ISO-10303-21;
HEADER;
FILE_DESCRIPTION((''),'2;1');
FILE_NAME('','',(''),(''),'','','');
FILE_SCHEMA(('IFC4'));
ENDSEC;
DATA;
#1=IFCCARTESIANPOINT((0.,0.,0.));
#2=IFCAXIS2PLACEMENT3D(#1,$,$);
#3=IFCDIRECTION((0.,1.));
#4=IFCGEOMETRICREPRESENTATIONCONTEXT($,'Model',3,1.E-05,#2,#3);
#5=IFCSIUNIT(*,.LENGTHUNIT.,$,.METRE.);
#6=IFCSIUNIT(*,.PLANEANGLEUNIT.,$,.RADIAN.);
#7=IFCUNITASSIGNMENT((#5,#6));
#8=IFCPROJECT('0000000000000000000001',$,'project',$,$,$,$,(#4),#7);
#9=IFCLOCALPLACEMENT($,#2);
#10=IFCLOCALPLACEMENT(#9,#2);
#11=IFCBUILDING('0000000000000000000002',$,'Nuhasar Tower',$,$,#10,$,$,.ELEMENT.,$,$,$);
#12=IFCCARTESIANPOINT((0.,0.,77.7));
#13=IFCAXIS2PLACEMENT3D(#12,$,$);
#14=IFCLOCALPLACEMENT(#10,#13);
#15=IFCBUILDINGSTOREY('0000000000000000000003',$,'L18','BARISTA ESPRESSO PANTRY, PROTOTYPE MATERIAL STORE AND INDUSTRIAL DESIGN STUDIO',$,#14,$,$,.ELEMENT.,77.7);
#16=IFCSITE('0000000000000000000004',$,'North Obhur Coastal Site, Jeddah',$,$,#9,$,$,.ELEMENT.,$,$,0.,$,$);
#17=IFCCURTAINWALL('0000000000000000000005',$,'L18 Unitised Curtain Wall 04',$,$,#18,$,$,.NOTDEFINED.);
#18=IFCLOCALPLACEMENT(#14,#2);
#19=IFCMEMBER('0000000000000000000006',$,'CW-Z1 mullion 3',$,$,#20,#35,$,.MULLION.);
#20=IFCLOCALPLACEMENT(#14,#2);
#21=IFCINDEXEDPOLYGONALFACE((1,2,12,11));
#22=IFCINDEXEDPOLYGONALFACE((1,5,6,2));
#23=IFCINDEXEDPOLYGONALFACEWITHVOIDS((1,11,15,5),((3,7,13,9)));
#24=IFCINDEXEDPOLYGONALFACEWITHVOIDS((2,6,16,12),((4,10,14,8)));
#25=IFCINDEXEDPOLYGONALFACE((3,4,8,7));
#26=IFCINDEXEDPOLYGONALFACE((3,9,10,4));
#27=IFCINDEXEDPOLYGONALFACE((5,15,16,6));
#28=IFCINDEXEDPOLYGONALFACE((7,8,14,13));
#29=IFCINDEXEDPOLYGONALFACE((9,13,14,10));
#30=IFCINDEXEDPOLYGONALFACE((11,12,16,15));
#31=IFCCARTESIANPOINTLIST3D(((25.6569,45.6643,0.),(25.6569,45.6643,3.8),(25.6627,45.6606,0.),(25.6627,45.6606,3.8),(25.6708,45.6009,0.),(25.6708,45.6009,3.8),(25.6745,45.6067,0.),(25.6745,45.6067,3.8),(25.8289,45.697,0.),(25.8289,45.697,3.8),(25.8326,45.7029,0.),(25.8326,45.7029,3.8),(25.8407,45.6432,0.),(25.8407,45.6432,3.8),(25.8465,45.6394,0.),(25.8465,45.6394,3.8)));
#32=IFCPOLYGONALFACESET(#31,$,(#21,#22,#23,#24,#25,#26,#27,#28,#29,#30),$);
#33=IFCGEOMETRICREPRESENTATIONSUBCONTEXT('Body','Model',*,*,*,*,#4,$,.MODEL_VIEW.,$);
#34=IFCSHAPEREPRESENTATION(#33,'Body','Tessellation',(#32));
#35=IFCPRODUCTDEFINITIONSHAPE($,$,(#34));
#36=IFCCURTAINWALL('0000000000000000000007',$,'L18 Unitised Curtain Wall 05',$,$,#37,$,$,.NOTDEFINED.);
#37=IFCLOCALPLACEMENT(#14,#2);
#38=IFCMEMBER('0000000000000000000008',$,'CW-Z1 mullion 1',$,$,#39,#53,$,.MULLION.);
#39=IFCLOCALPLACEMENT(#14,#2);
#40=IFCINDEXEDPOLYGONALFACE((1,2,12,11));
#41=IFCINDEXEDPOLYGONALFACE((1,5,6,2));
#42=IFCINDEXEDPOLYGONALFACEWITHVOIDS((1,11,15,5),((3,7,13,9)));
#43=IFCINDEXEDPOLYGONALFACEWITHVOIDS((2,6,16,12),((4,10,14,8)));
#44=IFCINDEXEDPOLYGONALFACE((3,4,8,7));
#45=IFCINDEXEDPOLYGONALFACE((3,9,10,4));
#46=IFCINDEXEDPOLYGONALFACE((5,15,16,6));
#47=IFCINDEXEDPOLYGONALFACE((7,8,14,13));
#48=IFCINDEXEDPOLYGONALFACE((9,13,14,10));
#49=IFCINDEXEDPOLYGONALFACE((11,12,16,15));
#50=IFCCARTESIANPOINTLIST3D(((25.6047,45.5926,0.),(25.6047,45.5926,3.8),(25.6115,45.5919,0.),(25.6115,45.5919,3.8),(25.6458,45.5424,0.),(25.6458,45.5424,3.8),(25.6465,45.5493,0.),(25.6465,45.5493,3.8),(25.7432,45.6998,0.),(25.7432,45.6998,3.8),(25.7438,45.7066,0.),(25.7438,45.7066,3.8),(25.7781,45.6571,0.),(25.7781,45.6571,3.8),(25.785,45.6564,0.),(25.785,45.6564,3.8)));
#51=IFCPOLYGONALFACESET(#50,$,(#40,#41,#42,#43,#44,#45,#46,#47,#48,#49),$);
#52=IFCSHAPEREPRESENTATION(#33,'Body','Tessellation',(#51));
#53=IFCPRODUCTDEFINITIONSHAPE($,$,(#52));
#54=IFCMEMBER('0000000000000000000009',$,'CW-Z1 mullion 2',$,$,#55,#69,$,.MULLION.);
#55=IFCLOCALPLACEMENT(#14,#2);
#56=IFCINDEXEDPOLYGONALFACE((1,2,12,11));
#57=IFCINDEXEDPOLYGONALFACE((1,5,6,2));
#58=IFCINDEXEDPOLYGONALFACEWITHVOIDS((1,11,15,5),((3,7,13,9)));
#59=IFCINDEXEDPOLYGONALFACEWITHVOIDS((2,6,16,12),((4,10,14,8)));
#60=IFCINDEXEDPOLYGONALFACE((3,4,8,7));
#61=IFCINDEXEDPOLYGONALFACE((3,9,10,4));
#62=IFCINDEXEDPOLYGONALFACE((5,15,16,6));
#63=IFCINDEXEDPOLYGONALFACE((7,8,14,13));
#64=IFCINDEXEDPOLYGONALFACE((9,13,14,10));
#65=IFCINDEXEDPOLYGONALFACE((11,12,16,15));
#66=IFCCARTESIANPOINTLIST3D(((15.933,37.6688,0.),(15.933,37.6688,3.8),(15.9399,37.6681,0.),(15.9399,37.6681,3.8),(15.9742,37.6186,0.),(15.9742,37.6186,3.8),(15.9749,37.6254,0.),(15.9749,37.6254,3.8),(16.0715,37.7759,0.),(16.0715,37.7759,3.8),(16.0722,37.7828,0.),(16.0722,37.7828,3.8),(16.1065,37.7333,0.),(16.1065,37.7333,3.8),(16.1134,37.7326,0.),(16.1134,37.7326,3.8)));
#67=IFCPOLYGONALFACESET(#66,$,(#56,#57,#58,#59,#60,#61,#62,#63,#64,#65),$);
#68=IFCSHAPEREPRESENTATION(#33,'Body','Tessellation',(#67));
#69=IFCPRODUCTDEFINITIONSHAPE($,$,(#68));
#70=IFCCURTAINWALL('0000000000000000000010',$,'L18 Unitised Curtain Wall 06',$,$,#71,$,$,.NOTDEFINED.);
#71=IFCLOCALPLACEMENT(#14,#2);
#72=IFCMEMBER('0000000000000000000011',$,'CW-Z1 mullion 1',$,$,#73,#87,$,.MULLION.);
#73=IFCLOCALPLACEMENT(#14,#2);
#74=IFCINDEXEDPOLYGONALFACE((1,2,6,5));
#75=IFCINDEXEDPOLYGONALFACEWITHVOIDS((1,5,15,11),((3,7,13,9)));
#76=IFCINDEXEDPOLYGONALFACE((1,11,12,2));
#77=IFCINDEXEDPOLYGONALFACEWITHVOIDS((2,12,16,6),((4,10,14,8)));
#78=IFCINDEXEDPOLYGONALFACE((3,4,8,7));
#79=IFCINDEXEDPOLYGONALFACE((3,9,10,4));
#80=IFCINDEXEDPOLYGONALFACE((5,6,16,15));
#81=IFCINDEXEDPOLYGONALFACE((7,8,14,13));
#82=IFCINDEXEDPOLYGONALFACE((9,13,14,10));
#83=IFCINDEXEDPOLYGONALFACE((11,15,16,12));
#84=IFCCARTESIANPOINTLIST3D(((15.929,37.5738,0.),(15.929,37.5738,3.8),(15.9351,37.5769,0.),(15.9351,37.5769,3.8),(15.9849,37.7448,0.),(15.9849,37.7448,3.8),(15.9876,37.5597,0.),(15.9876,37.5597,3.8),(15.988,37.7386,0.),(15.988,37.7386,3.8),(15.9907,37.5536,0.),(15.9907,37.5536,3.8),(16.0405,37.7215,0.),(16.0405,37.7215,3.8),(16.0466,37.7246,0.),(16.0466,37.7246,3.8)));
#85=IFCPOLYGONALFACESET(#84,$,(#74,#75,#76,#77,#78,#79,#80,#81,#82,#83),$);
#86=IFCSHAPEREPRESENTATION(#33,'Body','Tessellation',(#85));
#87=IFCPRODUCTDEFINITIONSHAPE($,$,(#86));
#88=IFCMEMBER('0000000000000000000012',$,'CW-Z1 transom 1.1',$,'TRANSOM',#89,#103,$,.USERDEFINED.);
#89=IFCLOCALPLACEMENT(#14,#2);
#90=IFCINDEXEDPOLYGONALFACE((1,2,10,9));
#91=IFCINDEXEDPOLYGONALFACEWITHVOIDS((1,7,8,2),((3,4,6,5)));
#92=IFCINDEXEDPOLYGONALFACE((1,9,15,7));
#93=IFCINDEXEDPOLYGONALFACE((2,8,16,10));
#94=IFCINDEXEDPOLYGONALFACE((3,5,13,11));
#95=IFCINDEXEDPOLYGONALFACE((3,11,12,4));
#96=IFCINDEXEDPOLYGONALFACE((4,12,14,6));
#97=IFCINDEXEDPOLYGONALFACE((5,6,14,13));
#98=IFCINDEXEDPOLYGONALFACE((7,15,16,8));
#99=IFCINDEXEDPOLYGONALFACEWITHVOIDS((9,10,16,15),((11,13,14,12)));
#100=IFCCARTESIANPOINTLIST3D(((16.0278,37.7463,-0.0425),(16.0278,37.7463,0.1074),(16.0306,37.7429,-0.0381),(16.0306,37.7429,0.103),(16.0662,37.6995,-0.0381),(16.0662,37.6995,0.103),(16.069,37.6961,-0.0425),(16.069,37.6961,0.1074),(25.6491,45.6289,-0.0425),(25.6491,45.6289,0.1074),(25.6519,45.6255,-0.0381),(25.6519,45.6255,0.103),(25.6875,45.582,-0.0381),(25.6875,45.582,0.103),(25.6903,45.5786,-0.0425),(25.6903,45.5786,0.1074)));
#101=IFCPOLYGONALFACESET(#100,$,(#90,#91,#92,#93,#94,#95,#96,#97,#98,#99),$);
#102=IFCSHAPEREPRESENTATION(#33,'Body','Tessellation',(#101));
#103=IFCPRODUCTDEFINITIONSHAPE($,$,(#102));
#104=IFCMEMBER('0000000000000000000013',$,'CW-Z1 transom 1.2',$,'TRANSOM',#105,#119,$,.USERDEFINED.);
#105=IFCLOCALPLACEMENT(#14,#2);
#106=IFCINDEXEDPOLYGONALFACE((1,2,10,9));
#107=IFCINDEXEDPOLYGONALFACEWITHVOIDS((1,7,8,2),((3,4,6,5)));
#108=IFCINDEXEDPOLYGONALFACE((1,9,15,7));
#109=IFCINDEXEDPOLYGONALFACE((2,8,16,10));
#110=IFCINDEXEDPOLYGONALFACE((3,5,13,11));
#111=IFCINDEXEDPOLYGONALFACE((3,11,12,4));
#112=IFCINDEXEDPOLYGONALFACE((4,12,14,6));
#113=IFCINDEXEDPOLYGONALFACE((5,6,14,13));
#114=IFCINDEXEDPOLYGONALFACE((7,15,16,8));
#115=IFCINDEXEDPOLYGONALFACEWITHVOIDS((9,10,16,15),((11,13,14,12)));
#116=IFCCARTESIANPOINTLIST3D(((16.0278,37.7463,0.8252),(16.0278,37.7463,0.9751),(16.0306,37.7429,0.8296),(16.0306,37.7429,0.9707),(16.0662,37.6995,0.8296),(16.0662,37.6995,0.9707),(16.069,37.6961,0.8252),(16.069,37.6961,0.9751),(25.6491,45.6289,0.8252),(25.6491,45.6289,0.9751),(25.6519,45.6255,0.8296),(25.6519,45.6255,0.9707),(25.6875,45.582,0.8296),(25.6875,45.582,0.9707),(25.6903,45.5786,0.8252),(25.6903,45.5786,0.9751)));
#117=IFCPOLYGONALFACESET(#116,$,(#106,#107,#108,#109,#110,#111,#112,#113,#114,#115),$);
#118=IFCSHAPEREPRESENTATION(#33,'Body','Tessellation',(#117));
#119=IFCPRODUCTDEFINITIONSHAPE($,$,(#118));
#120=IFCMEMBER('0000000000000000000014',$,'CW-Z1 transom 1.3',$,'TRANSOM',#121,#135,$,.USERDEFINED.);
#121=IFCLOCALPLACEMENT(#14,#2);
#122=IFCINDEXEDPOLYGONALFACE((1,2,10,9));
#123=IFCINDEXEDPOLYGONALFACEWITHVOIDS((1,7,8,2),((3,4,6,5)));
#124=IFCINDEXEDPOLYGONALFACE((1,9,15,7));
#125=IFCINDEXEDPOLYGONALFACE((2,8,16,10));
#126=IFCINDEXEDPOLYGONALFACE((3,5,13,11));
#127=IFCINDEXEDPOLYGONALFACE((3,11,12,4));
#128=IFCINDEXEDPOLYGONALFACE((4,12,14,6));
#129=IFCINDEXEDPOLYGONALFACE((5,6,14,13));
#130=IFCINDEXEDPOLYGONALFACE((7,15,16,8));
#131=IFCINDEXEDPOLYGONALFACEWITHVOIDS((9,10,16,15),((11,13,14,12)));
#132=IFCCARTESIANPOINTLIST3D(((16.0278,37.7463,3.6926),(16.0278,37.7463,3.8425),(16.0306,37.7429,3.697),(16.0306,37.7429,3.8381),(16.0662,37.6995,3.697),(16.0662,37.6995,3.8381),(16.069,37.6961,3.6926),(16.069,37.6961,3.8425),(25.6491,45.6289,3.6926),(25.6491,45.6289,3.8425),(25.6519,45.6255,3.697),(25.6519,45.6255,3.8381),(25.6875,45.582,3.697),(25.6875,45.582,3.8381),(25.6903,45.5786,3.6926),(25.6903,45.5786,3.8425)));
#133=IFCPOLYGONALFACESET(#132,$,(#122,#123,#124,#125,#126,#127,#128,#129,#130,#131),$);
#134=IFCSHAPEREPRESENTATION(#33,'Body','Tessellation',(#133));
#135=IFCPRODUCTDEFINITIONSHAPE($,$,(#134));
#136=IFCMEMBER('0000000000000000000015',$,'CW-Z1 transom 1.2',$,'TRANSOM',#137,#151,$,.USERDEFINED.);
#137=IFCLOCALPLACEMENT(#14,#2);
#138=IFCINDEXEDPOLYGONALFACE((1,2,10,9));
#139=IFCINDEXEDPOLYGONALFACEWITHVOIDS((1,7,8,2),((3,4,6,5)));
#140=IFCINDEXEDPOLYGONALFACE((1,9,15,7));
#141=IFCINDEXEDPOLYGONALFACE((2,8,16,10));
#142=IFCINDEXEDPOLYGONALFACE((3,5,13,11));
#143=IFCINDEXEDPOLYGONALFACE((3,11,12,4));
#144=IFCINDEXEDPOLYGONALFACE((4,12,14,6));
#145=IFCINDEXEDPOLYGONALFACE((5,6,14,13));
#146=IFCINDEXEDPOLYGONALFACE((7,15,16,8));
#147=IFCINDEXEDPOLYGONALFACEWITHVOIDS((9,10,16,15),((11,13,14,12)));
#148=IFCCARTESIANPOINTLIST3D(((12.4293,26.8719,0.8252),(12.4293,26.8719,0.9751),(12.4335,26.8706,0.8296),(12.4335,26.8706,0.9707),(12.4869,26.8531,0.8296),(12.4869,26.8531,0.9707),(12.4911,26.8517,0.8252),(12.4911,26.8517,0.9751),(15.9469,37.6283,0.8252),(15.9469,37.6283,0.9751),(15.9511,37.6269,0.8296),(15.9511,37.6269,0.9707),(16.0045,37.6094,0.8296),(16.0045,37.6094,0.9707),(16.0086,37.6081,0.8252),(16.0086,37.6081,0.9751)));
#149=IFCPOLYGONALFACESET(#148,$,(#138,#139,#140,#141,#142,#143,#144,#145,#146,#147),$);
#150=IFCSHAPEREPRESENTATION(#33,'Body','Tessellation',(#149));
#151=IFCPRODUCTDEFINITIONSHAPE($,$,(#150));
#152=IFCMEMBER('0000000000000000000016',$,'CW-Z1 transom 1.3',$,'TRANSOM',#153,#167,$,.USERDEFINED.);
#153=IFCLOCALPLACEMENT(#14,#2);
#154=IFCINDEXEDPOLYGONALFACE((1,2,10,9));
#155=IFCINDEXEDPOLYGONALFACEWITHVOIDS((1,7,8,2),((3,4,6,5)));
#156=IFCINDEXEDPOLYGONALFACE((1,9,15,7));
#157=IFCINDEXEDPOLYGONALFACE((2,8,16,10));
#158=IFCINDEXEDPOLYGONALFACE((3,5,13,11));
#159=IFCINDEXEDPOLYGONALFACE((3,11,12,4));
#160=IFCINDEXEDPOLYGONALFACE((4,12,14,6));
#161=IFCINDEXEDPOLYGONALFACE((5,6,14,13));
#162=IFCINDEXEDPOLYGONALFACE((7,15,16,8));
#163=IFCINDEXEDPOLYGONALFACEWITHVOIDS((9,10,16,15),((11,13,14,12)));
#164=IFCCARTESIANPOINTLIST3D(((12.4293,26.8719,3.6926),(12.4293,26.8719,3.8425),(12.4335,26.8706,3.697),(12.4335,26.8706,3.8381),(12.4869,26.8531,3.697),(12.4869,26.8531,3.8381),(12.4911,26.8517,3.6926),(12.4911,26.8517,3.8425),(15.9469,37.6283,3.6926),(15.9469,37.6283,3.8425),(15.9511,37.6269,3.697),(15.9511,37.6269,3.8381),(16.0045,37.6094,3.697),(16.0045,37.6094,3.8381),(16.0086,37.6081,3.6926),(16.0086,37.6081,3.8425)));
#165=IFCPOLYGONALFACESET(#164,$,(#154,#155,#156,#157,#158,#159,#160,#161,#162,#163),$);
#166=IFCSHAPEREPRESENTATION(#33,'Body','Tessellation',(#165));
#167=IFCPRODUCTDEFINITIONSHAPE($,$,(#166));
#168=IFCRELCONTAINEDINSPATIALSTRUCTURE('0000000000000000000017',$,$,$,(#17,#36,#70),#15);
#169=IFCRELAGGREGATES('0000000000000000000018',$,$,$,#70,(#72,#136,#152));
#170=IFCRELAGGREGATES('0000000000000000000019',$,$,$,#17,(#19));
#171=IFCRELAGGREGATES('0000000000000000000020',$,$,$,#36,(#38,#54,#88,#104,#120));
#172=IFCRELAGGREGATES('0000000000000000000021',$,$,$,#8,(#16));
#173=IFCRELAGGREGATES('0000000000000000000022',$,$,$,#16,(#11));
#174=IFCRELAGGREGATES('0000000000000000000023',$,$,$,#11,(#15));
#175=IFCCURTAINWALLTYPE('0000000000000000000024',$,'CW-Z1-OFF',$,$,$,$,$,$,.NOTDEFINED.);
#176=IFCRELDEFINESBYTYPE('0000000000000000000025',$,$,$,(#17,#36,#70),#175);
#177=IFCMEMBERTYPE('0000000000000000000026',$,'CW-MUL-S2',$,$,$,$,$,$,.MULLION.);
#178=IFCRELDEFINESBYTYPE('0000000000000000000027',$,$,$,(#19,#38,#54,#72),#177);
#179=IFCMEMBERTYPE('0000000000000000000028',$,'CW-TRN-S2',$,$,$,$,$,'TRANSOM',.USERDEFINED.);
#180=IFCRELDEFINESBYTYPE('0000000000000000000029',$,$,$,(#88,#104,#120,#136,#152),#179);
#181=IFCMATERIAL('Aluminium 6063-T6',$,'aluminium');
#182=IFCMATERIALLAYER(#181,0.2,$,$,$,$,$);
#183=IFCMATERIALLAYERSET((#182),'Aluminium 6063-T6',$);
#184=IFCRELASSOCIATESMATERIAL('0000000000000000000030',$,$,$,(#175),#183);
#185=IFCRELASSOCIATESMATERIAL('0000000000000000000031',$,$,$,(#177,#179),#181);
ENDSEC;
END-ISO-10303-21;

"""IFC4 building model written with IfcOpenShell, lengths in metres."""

from ifc_helpers import new_model, si_unit, direction, frame, origin, origin_2d, place, context, subcontext, project, spatial, hollow_rectangle, extrude, material, layer, layer_set, material_profile, profile_set, type_object, element, aggregate, save


model = new_model("IFC4")

# Units and contexts
model_context = context("Model", 3, precision=1e-05, world=origin(), true_north=direction((0.0, 1.0)))
body_context = subcontext(model_context, "Body", "Model", "MODEL_VIEW")
ifc_project = project(units=[si_unit("LENGTHUNIT", "METRE"), si_unit("PLANEANGLEUNIT", "RADIAN")], contexts=[model_context])

# Site, building, storey
site_placement = place(None, origin())
site = spatial("IfcSite", under=ifc_project, at=site_placement, Name="North Obhur Coastal Site, Jeddah", CompositionType="ELEMENT", RefElevation=0.0)
building_placement = place(site_placement, origin())
building = spatial("IfcBuilding", under=site, at=building_placement, Name="Nuhasar Tower", CompositionType="ELEMENT")
storey_placement = place(building_placement, frame((0.0, 0.0, 77.7)))
storey = spatial("IfcBuildingStorey", under=building, at=storey_placement, Name="L18", Description="BARISTA ESPRESSO PANTRY, PROTOTYPE MATERIAL STORE AND INDUSTRIAL DESIGN STUDIO", CompositionType="ELEMENT", Elevation=77.7)

# Curtain wall, member
ifc_material_1 = material(Name="Aluminium 6063-T6", Category="aluminium")
ifc_layer_1 = layer(ifc_material_1, 0.2)
ifc_layer_set_1 = layer_set([ifc_layer_1], Name="Aluminium 6063-T6")
curtain_wall_type = type_object("IfcCurtainWallType", Name="CW-Z1-OFF", PredefinedType="NOTDEFINED", material=ifc_layer_set_1)
curtain_wall_1_placement = place(storey_placement, origin())
curtain_wall_1 = element("IfcCurtainWall", 1, at=curtain_wall_1_placement, inside=storey, type_object=curtain_wall_type, Name="L18 Unitised Curtain Wall 04", PredefinedType="NOTDEFINED")
ifc_material_profile_1 = material_profile(ifc_material_1, hollow_rectangle(XDim=0.0649, YDim=0.1799, WallThickness=0.0049, at=origin_2d()), Name="CWM-2")
ifc_profile_set_1 = profile_set([ifc_material_profile_1], Name="Aluminium 6063-T6")
member_type_1 = type_object("IfcMemberType", Name="CW-MUL-S2", PredefinedType="MULLION", material=ifc_profile_set_1)
member_1_placement = place(storey_placement, frame((25.7517, 45.6519, 0.0), z_axis=(0.0, 0.0, 1.0), x_axis=(0.214399, -0.976746, 0.0)))
member_1 = element("IfcMember", 2, at=member_1_placement, type_object=member_type_1, Name="CW-Z1 mullion 3", PredefinedType="MULLION", context=body_context, shape_type="SweptSolid", body=[
    extrude(hollow_rectangle(XDim=0.0649, YDim=0.1799, WallThickness=0.0049, at=origin_2d()), origin(), (0.0, 0.0, 1.0), 3.8),
])

# Curtain wall, members
curtain_wall_2_placement = place(storey_placement, origin())
curtain_wall_2 = element("IfcCurtainWall", 3, at=curtain_wall_2_placement, inside=storey, type_object=curtain_wall_type, Name="L18 Unitised Curtain Wall 05", PredefinedType="NOTDEFINED")
member_2_placement = place(storey_placement, frame((25.6948, 45.6245, 0.0), z_axis=(0.0, 0.0, 1.0), x_axis=(0.633745, -0.773542, 0.0)))
member_2 = element("IfcMember", 4, at=member_2_placement, type_object=member_type_1, Name="CW-Z1 mullion 1", PredefinedType="MULLION", context=body_context, shape_type="SweptSolid", body=[
    extrude(hollow_rectangle(XDim=0.0649, YDim=0.1799, WallThickness=0.0049, at=origin_2d()), origin(), (0.0, 0.0, 1.0), 3.8),
])
member_3_placement = place(storey_placement, frame((16.0232, 37.7007, 0.0), z_axis=(0.0, 0.0, 1.0), x_axis=(0.633745, -0.773542, 0.0)))
member_3 = element("IfcMember", 5, at=member_3_placement, type_object=member_type_1, Name="CW-Z1 mullion 2", PredefinedType="MULLION", context=body_context, shape_type="SweptSolid", body=[
    extrude(hollow_rectangle(XDim=0.0649, YDim=0.1799, WallThickness=0.0049, at=origin_2d()), origin(), (0.0, 0.0, 1.0), 3.8),
])

# Curtain wall, member
curtain_wall_3_placement = place(storey_placement, origin())
curtain_wall_3 = element("IfcCurtainWall", 6, at=curtain_wall_3_placement, inside=storey, type_object=curtain_wall_type, Name="L18 Unitised Curtain Wall 06", PredefinedType="NOTDEFINED")
member_4_placement = place(storey_placement, frame((15.9878, 37.6492, 0.0), z_axis=(0.0, 0.0, 1.0), x_axis=(0.950468, -0.310824, 0.0)))
member_4 = element("IfcMember", 7, at=member_4_placement, type_object=member_type_1, Name="CW-Z1 mullion 1", PredefinedType="MULLION", context=body_context, shape_type="SweptSolid", body=[
    extrude(hollow_rectangle(XDim=0.0649, YDim=0.1799, WallThickness=0.0049, at=origin_2d()), origin(), (0.0, 0.0, 1.0), 3.8),
])

# Members
ifc_material_profile_2 = material_profile(ifc_material_1, hollow_rectangle(XDim=0.0649, YDim=0.1499, WallThickness=0.0044, at=origin_2d()), Name="CWT-2")
ifc_profile_set_2 = profile_set([ifc_material_profile_2], Name="Aluminium 6063-T6")
member_type_2 = type_object("IfcMemberType", Name="CW-TRN-S2", ElementType="TRANSOM", PredefinedType="USERDEFINED", material=ifc_profile_set_2)
member_5_placement = place(storey_placement, frame((25.6697, 45.6038, 0.0325), z_axis=(-0.773541, -0.633746, 0.0), x_axis=(0.633746, -0.773541, 0.0)))
member_5 = element("IfcMember", 8, at=member_5_placement, type_object=member_type_2, Name="CW-Z1 transom 1.1", ObjectType="TRANSOM", PredefinedType="USERDEFINED", context=body_context, shape_type="SweptSolid", body=[
    extrude(hollow_rectangle(XDim=0.0649, YDim=0.1499, WallThickness=0.0044, at=origin_2d()), origin(), (0.0, 0.0, 1.0), 12.438),
])
member_6_placement = place(storey_placement, frame((25.6697, 45.6038, 0.9001), z_axis=(-0.773541, -0.633746, 0.0), x_axis=(0.633746, -0.773541, 0.0)))
member_6 = element("IfcMember", 9, at=member_6_placement, type_object=member_type_2, Name="CW-Z1 transom 1.2", ObjectType="TRANSOM", PredefinedType="USERDEFINED", context=body_context, shape_type="SweptSolid", body=[
    extrude(hollow_rectangle(XDim=0.0649, YDim=0.1499, WallThickness=0.0044, at=origin_2d()), origin(), (0.0, 0.0, 1.0), 12.438),
])
member_7_placement = place(storey_placement, frame((25.6697, 45.6038, 3.7676), z_axis=(-0.773541, -0.633746, 0.0), x_axis=(0.633746, -0.773541, 0.0)))
member_7 = element("IfcMember", 10, at=member_7_placement, type_object=member_type_2, Name="CW-Z1 transom 1.3", ObjectType="TRANSOM", PredefinedType="USERDEFINED", context=body_context, shape_type="SweptSolid", body=[
    extrude(hollow_rectangle(XDim=0.0649, YDim=0.1499, WallThickness=0.0044, at=origin_2d()), origin(), (0.0, 0.0, 1.0), 12.438),
])
member_8_placement = place(storey_placement, frame((15.9778, 37.6182, 0.9001), z_axis=(-0.310825, -0.950467, 0.0), x_axis=(0.950467, -0.310825, 0.0)))
member_8 = element("IfcMember", 11, at=member_8_placement, type_object=member_type_2, Name="CW-Z1 transom 1.2", ObjectType="TRANSOM", PredefinedType="USERDEFINED", context=body_context, shape_type="SweptSolid", body=[
    extrude(hollow_rectangle(XDim=0.0649, YDim=0.1499, WallThickness=0.0044, at=origin_2d()), origin(), (0.0, 0.0, 1.0), 11.3169),
])
member_9_placement = place(storey_placement, frame((15.9778, 37.6182, 3.7676), z_axis=(-0.310825, -0.950467, 0.0), x_axis=(0.950467, -0.310825, 0.0)))
member_9 = element("IfcMember", 12, at=member_9_placement, type_object=member_type_2, Name="CW-Z1 transom 1.3", ObjectType="TRANSOM", PredefinedType="USERDEFINED", context=body_context, shape_type="SweptSolid", body=[
    extrude(hollow_rectangle(XDim=0.0649, YDim=0.1499, WallThickness=0.0044, at=origin_2d()), origin(), (0.0, 0.0, 1.0), 11.3169),
])
aggregate(curtain_wall_3, [member_4, member_8, member_9])

aggregate(curtain_wall_1, [member_1])
aggregate(curtain_wall_2, [member_2, member_3, member_5, member_6, member_7])

save(model, "model.ifc")
